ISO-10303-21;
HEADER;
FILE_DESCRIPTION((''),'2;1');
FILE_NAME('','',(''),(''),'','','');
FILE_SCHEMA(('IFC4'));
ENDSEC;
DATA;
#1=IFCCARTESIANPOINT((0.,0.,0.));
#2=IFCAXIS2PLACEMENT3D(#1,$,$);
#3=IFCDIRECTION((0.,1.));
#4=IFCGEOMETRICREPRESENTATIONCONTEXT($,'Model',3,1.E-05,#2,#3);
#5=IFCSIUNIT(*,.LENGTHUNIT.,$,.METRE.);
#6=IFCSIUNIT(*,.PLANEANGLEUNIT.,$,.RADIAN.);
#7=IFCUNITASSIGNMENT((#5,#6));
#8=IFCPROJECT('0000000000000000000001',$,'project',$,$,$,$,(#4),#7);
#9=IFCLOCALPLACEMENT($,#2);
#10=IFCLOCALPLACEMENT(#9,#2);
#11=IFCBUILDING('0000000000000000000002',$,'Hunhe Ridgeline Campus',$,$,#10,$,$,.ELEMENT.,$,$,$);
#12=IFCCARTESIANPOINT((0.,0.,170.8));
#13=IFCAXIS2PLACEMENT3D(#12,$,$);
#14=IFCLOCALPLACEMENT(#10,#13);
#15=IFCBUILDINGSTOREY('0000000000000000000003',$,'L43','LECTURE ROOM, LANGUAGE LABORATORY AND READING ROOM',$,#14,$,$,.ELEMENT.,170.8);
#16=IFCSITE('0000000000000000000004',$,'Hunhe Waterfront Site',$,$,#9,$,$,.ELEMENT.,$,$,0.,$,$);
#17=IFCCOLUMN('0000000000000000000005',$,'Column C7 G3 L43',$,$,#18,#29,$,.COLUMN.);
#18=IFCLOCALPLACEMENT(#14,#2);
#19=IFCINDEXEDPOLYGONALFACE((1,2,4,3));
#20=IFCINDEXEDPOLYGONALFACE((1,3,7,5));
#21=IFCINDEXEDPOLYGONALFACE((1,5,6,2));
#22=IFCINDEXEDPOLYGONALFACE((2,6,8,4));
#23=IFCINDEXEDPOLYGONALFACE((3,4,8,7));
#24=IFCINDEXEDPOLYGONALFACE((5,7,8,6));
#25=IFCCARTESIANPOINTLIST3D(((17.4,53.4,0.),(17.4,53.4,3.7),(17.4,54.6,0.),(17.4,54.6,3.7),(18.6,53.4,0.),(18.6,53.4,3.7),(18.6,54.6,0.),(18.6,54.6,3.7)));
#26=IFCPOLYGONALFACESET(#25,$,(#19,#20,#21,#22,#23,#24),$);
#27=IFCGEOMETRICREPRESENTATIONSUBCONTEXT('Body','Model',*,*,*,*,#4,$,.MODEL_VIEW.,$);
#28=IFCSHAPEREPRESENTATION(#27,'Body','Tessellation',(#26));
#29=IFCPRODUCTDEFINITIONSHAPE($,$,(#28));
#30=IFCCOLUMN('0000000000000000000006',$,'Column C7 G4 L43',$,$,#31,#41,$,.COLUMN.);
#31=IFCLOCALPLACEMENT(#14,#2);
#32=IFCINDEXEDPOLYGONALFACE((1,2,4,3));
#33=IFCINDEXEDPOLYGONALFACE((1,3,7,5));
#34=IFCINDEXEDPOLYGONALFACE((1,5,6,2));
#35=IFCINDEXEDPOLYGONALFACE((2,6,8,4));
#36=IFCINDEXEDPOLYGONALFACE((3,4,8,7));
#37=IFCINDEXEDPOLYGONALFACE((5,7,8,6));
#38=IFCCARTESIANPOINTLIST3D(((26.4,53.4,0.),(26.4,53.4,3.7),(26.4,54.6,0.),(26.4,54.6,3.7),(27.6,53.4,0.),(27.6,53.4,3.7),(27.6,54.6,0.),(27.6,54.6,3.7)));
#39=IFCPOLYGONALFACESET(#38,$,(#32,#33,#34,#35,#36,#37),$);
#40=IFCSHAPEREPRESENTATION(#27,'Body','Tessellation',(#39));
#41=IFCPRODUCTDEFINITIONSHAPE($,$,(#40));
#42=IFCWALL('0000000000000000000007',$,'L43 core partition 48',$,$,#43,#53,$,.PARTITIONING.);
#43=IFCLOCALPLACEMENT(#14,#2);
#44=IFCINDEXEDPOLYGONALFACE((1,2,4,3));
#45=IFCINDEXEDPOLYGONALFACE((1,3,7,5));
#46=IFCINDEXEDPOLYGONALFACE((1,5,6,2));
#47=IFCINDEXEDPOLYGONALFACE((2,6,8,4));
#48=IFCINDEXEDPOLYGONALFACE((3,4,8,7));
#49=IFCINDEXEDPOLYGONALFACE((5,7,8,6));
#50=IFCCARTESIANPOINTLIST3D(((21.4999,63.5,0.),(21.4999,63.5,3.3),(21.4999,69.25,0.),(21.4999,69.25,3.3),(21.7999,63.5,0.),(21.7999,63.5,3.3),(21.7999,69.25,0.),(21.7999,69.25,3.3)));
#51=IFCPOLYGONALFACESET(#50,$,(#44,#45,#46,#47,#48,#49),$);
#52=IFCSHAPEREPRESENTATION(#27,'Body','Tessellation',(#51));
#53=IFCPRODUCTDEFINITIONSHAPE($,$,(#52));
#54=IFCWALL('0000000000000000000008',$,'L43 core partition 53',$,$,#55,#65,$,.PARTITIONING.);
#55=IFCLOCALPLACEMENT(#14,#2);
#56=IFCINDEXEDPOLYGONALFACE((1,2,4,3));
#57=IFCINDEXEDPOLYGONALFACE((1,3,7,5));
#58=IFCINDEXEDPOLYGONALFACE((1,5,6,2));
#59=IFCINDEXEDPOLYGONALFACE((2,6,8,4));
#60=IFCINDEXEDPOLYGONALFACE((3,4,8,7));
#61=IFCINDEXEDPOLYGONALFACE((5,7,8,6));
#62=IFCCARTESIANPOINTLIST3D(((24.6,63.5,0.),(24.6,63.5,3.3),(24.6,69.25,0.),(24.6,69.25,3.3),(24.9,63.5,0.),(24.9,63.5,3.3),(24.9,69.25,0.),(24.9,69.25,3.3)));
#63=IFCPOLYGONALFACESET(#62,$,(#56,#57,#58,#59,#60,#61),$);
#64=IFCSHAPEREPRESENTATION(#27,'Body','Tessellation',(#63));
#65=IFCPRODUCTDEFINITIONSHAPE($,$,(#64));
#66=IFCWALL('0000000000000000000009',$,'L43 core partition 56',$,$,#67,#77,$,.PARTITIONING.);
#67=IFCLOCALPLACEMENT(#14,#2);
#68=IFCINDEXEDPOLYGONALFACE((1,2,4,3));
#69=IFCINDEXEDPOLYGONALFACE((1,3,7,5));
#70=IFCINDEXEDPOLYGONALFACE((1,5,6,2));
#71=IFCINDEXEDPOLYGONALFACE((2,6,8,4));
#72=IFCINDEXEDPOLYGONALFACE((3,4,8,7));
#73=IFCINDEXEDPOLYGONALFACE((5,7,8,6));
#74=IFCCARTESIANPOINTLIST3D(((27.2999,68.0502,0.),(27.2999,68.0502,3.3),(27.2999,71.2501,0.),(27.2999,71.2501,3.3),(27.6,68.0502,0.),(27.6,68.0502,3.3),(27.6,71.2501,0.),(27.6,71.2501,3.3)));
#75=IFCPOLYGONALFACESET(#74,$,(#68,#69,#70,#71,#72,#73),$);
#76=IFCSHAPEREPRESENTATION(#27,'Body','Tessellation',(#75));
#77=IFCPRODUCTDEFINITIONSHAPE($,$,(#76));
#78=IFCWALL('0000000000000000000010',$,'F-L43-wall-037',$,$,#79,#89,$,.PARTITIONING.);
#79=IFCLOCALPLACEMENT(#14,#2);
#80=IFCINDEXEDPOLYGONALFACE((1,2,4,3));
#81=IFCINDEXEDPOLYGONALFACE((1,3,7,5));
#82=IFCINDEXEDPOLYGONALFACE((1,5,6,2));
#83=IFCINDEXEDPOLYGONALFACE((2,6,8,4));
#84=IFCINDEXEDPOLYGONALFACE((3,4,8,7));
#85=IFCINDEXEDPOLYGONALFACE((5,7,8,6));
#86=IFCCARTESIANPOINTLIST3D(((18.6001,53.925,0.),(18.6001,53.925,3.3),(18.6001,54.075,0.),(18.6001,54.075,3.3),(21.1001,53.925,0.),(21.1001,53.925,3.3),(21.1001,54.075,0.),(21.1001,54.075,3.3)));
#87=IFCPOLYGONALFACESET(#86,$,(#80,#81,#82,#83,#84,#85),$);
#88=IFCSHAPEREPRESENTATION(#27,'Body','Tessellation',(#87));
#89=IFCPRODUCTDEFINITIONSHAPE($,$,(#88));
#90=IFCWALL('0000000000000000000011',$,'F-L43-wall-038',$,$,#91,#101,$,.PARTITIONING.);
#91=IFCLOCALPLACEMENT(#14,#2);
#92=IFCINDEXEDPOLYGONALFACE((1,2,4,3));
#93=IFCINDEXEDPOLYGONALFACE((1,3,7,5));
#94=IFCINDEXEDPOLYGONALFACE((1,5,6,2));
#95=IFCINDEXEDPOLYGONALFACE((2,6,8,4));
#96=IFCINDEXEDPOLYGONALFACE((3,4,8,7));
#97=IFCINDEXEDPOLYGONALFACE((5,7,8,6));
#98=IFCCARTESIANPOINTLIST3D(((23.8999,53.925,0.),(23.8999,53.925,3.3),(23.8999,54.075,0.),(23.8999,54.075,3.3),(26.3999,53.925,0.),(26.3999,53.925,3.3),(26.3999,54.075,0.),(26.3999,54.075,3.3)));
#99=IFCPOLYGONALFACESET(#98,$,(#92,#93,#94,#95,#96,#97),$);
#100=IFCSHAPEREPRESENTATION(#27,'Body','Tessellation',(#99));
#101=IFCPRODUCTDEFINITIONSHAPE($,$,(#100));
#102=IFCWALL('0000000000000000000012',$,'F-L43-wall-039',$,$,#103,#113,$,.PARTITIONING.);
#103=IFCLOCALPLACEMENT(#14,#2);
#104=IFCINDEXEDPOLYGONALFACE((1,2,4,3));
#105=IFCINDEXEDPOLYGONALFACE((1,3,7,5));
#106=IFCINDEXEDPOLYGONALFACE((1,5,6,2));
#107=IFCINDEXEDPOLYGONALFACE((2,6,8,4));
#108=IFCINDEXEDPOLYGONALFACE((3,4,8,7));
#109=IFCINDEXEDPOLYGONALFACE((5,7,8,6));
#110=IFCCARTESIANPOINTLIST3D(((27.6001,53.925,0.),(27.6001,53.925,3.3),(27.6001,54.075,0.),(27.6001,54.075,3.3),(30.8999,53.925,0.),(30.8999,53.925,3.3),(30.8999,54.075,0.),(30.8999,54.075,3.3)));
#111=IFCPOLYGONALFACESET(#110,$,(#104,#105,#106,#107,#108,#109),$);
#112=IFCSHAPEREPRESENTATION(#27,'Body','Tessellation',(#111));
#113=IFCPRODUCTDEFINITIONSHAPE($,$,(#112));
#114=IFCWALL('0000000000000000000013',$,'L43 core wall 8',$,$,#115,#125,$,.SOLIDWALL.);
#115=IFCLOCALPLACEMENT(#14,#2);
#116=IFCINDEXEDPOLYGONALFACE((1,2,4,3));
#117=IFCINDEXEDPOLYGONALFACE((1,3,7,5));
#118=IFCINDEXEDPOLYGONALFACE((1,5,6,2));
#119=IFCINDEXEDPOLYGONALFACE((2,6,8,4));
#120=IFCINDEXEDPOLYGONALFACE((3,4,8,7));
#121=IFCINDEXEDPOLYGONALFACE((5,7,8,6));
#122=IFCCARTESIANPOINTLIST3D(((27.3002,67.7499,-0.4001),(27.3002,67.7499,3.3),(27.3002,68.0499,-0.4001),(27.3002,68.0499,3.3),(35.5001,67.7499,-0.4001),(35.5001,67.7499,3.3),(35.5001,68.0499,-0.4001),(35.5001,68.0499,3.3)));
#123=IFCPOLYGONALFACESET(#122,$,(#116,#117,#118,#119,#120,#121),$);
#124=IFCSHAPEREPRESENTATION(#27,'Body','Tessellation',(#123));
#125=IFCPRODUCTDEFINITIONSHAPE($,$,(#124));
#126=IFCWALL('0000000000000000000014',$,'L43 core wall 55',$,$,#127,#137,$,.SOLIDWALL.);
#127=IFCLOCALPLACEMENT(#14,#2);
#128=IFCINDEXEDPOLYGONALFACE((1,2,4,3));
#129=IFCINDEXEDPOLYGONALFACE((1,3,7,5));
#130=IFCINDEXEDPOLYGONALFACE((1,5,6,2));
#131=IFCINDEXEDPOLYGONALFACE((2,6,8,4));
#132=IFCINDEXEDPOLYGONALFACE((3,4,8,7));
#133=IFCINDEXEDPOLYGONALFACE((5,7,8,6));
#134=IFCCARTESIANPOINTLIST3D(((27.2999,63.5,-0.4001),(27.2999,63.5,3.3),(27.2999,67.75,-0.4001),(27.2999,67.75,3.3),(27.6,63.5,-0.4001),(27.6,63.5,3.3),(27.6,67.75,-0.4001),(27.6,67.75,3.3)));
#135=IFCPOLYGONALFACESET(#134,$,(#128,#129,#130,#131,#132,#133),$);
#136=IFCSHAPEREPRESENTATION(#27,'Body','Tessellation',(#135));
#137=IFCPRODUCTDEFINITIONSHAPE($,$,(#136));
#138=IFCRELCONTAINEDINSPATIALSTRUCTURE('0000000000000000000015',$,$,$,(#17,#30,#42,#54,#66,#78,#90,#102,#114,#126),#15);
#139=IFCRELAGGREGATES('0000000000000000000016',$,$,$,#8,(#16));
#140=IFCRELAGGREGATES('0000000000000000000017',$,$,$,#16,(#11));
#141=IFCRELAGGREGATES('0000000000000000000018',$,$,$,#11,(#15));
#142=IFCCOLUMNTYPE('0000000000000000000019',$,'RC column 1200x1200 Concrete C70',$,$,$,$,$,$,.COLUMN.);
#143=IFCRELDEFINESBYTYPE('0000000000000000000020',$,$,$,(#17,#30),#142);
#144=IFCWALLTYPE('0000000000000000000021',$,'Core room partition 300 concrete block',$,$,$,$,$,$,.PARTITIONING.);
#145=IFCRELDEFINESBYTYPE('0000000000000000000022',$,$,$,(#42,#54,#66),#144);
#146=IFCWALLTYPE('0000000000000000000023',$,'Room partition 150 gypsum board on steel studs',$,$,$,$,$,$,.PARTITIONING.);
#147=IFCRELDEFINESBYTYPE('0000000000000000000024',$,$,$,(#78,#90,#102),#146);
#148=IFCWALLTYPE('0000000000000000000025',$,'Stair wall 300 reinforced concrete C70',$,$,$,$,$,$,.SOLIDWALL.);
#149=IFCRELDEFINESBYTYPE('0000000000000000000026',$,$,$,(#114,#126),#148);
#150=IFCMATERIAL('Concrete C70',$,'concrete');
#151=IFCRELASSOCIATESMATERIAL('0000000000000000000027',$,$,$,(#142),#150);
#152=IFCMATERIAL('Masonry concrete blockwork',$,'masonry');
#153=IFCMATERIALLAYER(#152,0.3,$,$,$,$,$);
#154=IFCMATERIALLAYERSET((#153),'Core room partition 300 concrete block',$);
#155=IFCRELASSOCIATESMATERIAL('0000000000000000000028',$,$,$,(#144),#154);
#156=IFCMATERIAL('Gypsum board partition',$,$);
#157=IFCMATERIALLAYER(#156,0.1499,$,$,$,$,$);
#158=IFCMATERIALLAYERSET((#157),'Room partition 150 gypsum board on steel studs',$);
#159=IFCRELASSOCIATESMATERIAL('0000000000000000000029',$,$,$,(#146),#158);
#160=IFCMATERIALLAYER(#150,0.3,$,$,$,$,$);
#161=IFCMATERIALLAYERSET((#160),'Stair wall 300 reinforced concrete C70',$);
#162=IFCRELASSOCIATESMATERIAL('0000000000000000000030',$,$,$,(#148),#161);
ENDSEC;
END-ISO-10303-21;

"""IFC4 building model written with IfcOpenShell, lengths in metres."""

from ifc_helpers import new_model, si_unit, direction, frame, frame_2d, origin, origin_2d, place, context, subcontext, project, spatial, rectangle, extrude, material, layer, layer_set, material_profile, profile_set, type_object, element, save


model = new_model("IFC4")

# Units and contexts
model_context = context("Model", 3, precision=1e-05, world=origin(), true_north=direction((0.0, 1.0)))
body_context = subcontext(model_context, "Body", "Model", "MODEL_VIEW")
ifc_project = project(units=[si_unit("LENGTHUNIT", "METRE"), si_unit("PLANEANGLEUNIT", "RADIAN")], contexts=[model_context])

# Site, building, storey
site_placement = place(None, origin())
site = spatial("IfcSite", under=ifc_project, at=site_placement, Name="Hunhe Waterfront Site", CompositionType="ELEMENT", RefElevation=0.0)
building_placement = place(site_placement, origin())
building = spatial("IfcBuilding", under=site, at=building_placement, Name="Hunhe Ridgeline Campus", CompositionType="ELEMENT")
storey_placement = place(building_placement, frame((0.0, 0.0, 170.8)))
storey = spatial("IfcBuildingStorey", under=building, at=storey_placement, Name="L43", Description="LECTURE ROOM, LANGUAGE LABORATORY AND READING ROOM", CompositionType="ELEMENT", Elevation=170.8)

# Columns
ifc_material_1 = material(Name="Concrete C70", Category="concrete")
ifc_material_profile = material_profile(ifc_material_1, rectangle(XDim=1.2, YDim=1.2, at=origin_2d()))
ifc_profile_set = profile_set([ifc_material_profile], Name="Concrete C70")
column_type = type_object("IfcColumnType", Name="RC column 1200x1200 Concrete C70", PredefinedType="COLUMN", material=ifc_profile_set)
for number, where, z_axis, x_axis, name in (
    (1, (18.0, 54.0, 0.0), (0.0, 0.0, 1.0), (1.0, 0.0, 0.0), "Column C7 G3 L43"),
    (2, (27.0, 54.0, 0.0), (0.0, 0.0, 1.0), (1.0, 0.0, 0.0), "Column C7 G4 L43"),
):
    element("IfcColumn", number, at=place(storey_placement, frame(where, z_axis=z_axis, x_axis=x_axis)), inside=storey, type_object=column_type, Name=name, PredefinedType="COLUMN", context=body_context, shape_type="SweptSolid", body=[
        extrude(rectangle(XDim=1.2, YDim=1.2, at=origin_2d()), origin(), (0.0, 0.0, 1.0), 3.7),
    ])

# Walls
ifc_material_2 = material(Name="Masonry concrete blockwork", Category="masonry")
ifc_layer_1 = layer(ifc_material_2, 0.3)
ifc_layer_set_1 = layer_set([ifc_layer_1], Name="Core room partition 300 concrete block")
wall_type_1 = type_object("IfcWallType", Name="Core room partition 300 concrete block", PredefinedType="PARTITIONING", material=ifc_layer_set_1)
for number, where, z_axis, x_axis, name in (
    (3, (21.6499, 63.5, 0.0), (0.0, 0.0, 1.0), (0.0, 1.0, 0.0), "L43 core partition 48"),
    (4, (24.75, 63.5, 0.0), (0.0, 0.0, 1.0), (0.0, 1.0, 0.0), "L43 core partition 53"),
):
    element("IfcWall", number, at=place(storey_placement, frame(where, z_axis=z_axis, x_axis=x_axis)), inside=storey, type_object=wall_type_1, Name=name, PredefinedType="PARTITIONING", context=body_context, shape_type="SweptSolid", body=[
        extrude(rectangle(XDim=5.75, YDim=0.3, at=frame_2d((2.875, 0.0))), origin(), (0.0, 0.0, 1.0), 3.3),
    ])
wall_1_placement = place(storey_placement, frame((27.45, 68.05, 0.0), z_axis=(0.0, 0.0, 1.0), x_axis=(0.0, 1.0, 0.0)))
element("IfcWall", 5, at=wall_1_placement, inside=storey, type_object=wall_type_1, Name="L43 core partition 56", PredefinedType="PARTITIONING", context=body_context, shape_type="SweptSolid", body=[
    extrude(rectangle(XDim=3.2, YDim=0.3, at=frame_2d((1.6001, 0.0))), origin(), (0.0, 0.0, 1.0), 3.3),
])

# Shared definitions
ifc_material_3 = material(Name="Gypsum board partition")

# Walls
ifc_layer_2 = layer(ifc_material_3, 0.1499)
ifc_layer_set_2 = layer_set([ifc_layer_2], Name="Room partition 150 gypsum board on steel studs")
wall_type_2 = type_object("IfcWallType", Name="Room partition 150 gypsum board on steel studs", PredefinedType="PARTITIONING", material=ifc_layer_set_2)
for number, where, z_axis, x_axis, name in (
    (6, (18.6001, 54.0, 0.0), (0.0, 0.0, 1.0), (1.0, 0.0, 0.0), "F-L43-wall-037"),
    (7, (23.8999, 54.0, 0.0), (0.0, 0.0, 1.0), (1.0, 0.0, 0.0), "F-L43-wall-038"),
):
    element("IfcWall", number, at=place(storey_placement, frame(where, z_axis=z_axis, x_axis=x_axis)), inside=storey, type_object=wall_type_2, Name=name, PredefinedType="PARTITIONING", context=body_context, shape_type="SweptSolid", body=[
        extrude(rectangle(XDim=2.5, YDim=0.1499, at=frame_2d((1.25, 0.0))), origin(), (0.0, 0.0, 1.0), 3.3),
    ])
wall_2_placement = place(storey_placement, frame((27.6001, 54.0, 0.0), z_axis=(0.0, 0.0, 1.0), x_axis=(1.0, 0.0, 0.0)))
element("IfcWall", 8, at=wall_2_placement, inside=storey, type_object=wall_type_2, Name="F-L43-wall-039", PredefinedType="PARTITIONING", context=body_context, shape_type="SweptSolid", body=[
    extrude(rectangle(XDim=3.2998, YDim=0.1499, at=frame_2d((1.6499, 0.0))), origin(), (0.0, 0.0, 1.0), 3.3),
])
ifc_layer_3 = layer(ifc_material_1, 0.3)
ifc_layer_set_3 = layer_set([ifc_layer_3], Name="Stair wall 300 reinforced concrete C70")
wall_type_3 = type_object("IfcWallType", Name="Stair wall 300 reinforced concrete C70", PredefinedType="SOLIDWALL", material=ifc_layer_set_3)
wall_3_placement = place(storey_placement, frame((27.3, 67.8999, -0.4001), z_axis=(0.0, 0.0, 1.0), x_axis=(1.0, 0.0, 0.0)))
element("IfcWall", 9, at=wall_3_placement, inside=storey, type_object=wall_type_3, Name="L43 core wall 8", PredefinedType="SOLIDWALL", context=body_context, shape_type="SweptSolid", body=[
    extrude(rectangle(XDim=8.2, YDim=0.3, at=frame_2d((4.1001, 0.0))), origin(), (0.0, 0.0, 1.0), 3.7002),
])
wall_4_placement = place(storey_placement, frame((27.45, 63.5, -0.4001), z_axis=(0.0, 0.0, 1.0), x_axis=(0.0, 1.0, 0.0)))
element("IfcWall", 10, at=wall_4_placement, inside=storey, type_object=wall_type_3, Name="L43 core wall 55", PredefinedType="SOLIDWALL", context=body_context, shape_type="SweptSolid", body=[
    extrude(rectangle(XDim=4.25, YDim=0.3, at=frame_2d((2.125, 0.0))), origin(), (0.0, 0.0, 1.0), 3.7002),
])

save(model, "model.ifc")
